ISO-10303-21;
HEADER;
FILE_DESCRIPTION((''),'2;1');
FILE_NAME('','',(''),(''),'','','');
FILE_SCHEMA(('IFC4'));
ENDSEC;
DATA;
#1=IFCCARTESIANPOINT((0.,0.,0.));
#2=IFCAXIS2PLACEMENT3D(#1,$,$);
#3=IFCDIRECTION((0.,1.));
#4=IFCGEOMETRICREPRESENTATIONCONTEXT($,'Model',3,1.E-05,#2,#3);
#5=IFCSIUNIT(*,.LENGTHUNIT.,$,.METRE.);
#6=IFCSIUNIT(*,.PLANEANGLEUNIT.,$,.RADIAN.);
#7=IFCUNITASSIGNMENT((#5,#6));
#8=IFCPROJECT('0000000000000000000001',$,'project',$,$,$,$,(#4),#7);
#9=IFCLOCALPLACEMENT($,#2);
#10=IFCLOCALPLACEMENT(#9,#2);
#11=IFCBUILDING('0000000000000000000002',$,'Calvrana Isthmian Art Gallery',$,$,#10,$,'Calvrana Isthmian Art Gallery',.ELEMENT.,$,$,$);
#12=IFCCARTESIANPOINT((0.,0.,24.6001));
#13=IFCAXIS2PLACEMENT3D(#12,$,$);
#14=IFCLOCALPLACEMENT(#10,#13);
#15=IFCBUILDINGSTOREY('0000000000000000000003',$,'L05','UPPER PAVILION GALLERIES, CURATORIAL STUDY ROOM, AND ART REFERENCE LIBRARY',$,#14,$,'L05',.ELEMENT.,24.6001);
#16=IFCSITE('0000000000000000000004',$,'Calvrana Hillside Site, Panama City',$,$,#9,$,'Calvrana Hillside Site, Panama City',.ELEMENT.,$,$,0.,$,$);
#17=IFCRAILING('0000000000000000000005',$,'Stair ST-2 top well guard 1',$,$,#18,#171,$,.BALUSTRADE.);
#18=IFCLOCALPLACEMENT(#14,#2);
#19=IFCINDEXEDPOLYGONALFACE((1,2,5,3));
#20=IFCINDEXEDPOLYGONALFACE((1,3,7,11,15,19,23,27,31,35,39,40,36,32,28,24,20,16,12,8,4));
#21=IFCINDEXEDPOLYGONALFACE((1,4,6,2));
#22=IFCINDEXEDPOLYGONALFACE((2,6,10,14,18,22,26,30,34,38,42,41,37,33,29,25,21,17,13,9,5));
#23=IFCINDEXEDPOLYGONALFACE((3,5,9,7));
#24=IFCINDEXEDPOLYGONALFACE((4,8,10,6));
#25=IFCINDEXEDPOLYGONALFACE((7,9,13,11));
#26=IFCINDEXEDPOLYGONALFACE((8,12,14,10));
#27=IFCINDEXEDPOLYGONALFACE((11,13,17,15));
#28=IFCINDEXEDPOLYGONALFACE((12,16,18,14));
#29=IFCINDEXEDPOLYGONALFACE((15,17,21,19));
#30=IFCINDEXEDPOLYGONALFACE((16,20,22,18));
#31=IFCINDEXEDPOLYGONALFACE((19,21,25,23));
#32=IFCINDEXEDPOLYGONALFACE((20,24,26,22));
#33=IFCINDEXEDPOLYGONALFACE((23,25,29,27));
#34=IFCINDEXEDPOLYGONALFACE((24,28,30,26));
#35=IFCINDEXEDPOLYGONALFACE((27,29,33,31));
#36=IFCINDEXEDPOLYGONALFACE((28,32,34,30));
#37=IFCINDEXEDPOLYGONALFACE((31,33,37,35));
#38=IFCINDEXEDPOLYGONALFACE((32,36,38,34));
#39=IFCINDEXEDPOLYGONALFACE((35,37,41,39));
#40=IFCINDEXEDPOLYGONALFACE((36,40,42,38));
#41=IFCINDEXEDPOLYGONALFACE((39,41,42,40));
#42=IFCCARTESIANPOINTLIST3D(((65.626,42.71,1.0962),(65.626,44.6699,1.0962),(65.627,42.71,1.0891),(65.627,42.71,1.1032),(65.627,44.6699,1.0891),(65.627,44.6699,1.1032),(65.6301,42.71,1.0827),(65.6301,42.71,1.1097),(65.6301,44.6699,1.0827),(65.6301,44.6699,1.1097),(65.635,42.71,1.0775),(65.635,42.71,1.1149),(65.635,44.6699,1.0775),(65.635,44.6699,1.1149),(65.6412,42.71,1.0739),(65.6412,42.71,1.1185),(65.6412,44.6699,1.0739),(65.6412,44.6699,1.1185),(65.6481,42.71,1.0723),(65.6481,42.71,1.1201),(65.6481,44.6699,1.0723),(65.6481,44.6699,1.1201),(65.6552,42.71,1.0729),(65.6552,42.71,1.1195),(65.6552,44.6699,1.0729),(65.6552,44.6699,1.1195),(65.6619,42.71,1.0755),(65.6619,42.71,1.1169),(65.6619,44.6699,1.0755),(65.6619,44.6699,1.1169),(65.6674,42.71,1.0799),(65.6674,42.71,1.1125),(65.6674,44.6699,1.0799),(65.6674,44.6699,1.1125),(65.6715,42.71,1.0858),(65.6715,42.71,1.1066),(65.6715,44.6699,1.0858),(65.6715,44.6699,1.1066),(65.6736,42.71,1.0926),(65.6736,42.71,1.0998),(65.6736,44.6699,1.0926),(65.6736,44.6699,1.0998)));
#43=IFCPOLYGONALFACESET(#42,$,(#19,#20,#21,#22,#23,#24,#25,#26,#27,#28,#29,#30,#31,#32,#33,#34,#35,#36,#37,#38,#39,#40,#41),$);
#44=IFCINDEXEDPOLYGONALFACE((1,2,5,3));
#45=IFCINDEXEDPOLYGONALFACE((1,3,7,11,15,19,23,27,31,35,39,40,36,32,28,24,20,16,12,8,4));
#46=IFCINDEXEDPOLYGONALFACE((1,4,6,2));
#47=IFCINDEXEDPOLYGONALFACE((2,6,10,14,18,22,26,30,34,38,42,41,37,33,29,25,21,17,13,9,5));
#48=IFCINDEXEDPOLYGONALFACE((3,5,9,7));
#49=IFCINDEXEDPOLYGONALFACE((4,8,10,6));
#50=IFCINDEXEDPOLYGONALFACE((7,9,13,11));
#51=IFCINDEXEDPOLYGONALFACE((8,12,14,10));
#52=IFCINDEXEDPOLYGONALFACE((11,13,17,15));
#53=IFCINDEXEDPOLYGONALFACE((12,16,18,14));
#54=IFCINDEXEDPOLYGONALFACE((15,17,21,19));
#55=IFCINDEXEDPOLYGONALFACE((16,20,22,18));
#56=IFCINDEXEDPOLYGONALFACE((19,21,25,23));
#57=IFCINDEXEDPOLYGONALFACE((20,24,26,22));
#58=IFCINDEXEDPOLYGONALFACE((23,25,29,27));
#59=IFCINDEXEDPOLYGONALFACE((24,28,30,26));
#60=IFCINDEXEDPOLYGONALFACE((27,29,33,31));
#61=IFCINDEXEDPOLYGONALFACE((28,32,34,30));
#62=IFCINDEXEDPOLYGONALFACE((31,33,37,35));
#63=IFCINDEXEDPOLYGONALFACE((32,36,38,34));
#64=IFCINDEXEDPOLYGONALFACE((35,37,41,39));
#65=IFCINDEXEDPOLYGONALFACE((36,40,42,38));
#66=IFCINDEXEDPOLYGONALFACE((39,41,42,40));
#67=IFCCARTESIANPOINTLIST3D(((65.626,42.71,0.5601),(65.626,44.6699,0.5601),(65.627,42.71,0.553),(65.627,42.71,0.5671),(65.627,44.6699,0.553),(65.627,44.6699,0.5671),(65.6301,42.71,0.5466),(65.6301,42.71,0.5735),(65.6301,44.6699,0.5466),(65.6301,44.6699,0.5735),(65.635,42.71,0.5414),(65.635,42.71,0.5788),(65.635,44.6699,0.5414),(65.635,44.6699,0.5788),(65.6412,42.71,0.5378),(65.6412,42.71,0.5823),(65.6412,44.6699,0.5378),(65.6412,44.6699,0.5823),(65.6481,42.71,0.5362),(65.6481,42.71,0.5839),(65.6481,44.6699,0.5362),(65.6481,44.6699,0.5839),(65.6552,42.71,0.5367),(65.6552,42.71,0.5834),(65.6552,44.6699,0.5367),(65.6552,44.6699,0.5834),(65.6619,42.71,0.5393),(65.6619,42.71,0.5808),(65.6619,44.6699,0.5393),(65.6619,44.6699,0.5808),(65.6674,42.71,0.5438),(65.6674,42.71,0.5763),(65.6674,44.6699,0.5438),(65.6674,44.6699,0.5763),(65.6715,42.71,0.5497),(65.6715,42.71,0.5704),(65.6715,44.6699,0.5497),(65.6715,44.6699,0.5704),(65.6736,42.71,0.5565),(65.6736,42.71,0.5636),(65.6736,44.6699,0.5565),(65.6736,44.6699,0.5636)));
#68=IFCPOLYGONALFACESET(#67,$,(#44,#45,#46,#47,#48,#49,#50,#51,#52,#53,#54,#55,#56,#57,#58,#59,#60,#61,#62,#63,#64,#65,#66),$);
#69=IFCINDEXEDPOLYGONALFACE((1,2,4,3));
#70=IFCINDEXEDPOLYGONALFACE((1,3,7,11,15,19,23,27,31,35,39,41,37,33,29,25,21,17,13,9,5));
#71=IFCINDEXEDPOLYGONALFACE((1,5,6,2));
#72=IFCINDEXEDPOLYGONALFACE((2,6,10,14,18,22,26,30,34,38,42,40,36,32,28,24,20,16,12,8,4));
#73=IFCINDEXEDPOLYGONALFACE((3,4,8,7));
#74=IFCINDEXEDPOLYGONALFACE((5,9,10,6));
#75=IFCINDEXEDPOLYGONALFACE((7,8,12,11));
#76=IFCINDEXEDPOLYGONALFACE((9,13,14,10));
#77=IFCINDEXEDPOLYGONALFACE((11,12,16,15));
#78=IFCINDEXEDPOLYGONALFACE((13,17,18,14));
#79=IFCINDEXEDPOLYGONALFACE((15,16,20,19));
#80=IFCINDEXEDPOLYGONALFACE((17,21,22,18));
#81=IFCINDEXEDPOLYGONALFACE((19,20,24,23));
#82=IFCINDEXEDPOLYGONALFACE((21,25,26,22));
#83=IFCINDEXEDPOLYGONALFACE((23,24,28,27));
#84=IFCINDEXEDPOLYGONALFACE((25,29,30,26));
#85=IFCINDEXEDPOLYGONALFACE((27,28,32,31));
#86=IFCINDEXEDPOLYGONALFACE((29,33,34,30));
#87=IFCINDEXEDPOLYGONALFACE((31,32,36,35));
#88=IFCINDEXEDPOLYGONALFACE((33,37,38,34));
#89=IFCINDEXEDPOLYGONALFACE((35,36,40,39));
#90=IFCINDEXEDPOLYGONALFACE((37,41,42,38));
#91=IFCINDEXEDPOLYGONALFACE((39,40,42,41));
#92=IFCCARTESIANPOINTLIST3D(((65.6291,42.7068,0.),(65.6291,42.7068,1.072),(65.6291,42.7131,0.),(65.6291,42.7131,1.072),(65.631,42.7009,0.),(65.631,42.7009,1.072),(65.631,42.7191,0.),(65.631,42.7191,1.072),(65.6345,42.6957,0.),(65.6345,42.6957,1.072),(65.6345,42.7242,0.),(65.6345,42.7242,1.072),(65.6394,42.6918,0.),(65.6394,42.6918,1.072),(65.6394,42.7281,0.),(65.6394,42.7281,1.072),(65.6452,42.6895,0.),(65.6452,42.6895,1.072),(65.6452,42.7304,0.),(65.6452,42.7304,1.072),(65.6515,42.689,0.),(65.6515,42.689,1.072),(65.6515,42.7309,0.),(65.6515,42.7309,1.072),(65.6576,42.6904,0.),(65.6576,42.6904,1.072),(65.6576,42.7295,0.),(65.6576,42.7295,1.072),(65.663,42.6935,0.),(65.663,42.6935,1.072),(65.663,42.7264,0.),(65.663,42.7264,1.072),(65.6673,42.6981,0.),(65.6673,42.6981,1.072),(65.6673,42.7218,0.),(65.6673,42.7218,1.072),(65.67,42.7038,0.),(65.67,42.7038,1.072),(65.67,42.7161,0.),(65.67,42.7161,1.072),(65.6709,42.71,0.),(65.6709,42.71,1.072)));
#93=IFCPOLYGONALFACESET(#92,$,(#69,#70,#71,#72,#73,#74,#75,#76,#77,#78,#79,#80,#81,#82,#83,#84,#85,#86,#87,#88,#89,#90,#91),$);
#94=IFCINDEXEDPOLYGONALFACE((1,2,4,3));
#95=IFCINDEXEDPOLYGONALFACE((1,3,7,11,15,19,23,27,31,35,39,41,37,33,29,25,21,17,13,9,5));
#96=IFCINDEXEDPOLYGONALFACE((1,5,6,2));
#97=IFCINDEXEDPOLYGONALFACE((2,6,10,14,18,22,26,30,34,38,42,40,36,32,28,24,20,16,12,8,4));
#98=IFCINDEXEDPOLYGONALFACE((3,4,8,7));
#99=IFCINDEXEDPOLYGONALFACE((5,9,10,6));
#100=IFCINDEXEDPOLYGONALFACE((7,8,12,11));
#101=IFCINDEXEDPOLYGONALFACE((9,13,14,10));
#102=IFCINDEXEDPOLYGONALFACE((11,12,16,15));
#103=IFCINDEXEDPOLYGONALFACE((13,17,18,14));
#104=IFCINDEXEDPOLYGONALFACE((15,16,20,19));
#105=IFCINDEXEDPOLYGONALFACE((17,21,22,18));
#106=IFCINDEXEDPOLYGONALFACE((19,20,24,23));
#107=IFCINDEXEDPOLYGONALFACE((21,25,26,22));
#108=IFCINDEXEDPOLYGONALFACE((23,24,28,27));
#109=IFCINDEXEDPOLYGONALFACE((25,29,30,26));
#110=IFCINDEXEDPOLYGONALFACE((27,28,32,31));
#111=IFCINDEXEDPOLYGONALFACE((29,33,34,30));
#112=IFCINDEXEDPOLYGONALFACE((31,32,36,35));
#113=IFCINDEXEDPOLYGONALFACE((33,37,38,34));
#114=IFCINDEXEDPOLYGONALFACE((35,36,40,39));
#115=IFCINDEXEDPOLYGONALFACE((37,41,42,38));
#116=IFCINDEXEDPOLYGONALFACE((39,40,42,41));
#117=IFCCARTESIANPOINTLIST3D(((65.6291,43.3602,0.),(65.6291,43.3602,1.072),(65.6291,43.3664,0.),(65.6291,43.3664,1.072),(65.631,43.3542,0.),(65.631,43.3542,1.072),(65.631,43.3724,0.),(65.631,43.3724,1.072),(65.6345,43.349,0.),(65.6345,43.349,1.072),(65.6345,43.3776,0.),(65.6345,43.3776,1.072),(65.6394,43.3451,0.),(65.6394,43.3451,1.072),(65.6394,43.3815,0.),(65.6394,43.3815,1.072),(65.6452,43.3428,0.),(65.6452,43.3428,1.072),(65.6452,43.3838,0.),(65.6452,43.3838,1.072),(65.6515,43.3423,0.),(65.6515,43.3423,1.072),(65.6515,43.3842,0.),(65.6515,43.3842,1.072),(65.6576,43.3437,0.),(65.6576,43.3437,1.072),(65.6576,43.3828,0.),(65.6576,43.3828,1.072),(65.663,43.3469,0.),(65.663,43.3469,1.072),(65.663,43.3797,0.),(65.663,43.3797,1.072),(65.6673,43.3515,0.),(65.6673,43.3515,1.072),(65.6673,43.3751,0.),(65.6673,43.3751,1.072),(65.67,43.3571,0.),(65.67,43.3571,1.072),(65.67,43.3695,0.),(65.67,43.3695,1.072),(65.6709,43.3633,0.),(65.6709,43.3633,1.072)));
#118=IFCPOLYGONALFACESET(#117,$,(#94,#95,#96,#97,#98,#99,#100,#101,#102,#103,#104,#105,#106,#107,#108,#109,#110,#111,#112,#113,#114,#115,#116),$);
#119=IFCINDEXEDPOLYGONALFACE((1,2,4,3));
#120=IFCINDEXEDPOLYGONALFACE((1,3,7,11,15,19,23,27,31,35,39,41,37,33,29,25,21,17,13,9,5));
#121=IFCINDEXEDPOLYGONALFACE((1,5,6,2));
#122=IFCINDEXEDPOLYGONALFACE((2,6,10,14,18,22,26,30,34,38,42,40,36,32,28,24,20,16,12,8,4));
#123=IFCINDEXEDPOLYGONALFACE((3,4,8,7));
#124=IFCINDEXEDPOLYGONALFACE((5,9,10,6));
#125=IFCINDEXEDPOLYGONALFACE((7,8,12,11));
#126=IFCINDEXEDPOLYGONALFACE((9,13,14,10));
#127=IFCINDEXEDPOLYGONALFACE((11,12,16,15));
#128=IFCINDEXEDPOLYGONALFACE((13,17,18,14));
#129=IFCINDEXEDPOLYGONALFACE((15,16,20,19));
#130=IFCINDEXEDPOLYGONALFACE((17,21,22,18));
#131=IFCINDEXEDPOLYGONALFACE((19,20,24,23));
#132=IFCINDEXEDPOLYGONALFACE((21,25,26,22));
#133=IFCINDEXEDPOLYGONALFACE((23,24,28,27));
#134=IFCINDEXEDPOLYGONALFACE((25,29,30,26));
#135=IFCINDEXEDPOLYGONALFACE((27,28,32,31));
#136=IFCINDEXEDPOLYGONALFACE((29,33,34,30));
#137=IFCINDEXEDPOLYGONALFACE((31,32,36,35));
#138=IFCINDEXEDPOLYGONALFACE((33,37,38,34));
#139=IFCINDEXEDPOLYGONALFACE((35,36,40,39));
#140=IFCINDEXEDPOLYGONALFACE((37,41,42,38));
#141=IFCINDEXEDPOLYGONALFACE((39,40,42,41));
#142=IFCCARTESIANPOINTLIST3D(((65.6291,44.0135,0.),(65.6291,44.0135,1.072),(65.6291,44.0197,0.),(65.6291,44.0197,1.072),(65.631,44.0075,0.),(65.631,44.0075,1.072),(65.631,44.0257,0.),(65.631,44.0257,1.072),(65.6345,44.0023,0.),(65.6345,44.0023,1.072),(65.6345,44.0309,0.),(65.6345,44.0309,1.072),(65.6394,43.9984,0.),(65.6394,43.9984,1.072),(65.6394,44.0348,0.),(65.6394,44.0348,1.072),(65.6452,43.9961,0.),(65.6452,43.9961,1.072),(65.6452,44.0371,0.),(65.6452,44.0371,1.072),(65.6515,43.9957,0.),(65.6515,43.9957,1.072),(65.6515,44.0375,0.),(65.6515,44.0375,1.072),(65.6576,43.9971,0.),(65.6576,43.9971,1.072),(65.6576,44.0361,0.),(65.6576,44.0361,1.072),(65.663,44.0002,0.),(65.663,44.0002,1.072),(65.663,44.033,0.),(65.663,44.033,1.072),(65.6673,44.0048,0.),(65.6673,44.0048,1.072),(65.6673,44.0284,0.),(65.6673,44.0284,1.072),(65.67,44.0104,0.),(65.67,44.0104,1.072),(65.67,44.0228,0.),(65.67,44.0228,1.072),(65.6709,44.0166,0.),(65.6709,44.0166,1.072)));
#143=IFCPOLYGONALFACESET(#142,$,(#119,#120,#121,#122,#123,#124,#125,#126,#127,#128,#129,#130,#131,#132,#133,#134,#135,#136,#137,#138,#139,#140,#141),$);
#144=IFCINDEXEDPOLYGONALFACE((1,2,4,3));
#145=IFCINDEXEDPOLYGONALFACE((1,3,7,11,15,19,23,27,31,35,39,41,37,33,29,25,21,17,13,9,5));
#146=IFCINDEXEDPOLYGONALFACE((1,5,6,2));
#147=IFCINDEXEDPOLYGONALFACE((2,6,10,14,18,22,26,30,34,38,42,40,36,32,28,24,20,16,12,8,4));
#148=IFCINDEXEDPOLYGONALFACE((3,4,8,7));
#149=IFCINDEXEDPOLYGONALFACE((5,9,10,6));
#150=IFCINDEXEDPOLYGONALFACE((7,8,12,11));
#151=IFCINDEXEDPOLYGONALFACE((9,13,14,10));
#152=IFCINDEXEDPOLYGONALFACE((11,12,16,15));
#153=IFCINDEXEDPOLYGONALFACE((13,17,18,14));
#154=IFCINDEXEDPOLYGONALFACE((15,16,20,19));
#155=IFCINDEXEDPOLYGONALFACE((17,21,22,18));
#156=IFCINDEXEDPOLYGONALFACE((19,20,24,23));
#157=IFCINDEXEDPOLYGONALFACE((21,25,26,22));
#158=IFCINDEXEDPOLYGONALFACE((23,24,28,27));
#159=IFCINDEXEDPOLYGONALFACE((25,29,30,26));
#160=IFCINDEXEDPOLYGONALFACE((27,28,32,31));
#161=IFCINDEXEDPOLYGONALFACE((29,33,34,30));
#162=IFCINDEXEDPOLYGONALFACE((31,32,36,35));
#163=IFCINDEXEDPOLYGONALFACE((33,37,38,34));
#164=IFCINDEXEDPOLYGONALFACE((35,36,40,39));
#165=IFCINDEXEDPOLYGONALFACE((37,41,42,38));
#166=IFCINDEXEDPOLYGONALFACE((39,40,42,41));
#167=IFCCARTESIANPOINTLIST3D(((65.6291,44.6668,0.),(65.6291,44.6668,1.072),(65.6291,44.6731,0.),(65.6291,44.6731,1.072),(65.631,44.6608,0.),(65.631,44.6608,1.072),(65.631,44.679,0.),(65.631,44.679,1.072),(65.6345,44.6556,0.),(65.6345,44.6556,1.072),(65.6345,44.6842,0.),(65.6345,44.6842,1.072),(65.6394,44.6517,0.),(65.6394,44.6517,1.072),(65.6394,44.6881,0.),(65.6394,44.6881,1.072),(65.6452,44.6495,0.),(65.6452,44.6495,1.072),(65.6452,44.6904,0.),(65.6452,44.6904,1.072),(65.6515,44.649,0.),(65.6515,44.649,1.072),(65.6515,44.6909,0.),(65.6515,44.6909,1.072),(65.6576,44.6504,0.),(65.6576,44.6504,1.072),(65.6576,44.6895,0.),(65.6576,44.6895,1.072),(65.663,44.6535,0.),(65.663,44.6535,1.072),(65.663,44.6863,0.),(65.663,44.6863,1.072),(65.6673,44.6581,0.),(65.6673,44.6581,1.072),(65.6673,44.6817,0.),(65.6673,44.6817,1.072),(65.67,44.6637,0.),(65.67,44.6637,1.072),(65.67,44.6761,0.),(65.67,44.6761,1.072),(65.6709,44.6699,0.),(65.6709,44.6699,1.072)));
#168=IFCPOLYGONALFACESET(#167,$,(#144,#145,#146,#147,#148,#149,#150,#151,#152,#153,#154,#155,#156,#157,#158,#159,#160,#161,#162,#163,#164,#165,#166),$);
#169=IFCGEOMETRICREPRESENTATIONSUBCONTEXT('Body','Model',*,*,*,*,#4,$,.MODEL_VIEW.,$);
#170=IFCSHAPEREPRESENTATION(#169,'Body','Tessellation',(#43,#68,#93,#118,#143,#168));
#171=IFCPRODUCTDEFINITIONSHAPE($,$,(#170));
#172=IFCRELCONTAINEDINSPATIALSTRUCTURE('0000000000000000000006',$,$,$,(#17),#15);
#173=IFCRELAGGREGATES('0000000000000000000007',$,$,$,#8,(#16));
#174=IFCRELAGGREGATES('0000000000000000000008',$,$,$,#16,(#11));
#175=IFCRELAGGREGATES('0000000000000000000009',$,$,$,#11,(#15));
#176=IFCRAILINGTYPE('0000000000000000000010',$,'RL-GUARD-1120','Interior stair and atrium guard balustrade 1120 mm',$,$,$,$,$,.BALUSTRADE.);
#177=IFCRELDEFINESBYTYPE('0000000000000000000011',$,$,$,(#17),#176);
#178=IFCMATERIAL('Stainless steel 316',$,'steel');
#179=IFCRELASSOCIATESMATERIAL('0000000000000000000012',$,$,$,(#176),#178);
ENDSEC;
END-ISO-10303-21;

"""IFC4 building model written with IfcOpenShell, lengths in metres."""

from ifc_helpers import new_model, si_unit, direction, frame, origin, origin_2d, place, context, subcontext, project, spatial, circle, extrude, material, type_object, element, save


model = new_model("IFC4")

# Units and contexts
model_context = context("Model", 3, precision=1e-05, world=origin(), true_north=direction((0.0, 1.0)))
body_context = subcontext(model_context, "Body", "Model", "MODEL_VIEW")
ifc_project = project(units=[si_unit("LENGTHUNIT", "METRE"), si_unit("PLANEANGLEUNIT", "RADIAN")], contexts=[model_context])

# Site, building, storey
site_placement = place(None, origin())
site = spatial("IfcSite", under=ifc_project, at=site_placement, Name="Calvrana Hillside Site, Panama City", LongName="Calvrana Hillside Site, Panama City", CompositionType="ELEMENT", RefElevation=0.0)
building_placement = place(site_placement, origin())
building = spatial("IfcBuilding", under=site, at=building_placement, Name="Calvrana Isthmian Art Gallery", LongName="Calvrana Isthmian Art Gallery", CompositionType="ELEMENT")
storey_placement = place(building_placement, frame((0.0, 0.0, 24.6001)))
storey = spatial("IfcBuildingStorey", under=building, at=storey_placement, Name="L05", Description="UPPER PAVILION GALLERIES, CURATORIAL STUDY ROOM, AND ART REFERENCE LIBRARY", LongName="L05", CompositionType="ELEMENT", Elevation=24.6001)

# Shared definitions
ifc_material_1 = material(Name="Stainless steel 316", Category="steel")

# Railing
railing_type = type_object("IfcRailingType", Name="RL-GUARD-1120", Description="Interior stair and atrium guard balustrade 1120 mm", PredefinedType="BALUSTRADE", material=ifc_material_1)
railing_placement = place(storey_placement, frame((65.6499, 42.71, 0.0)))
element("IfcRailing", 1, at=railing_placement, inside=storey, type_object=railing_type, Name="Stair ST-2 top well guard 1", PredefinedType="BALUSTRADE", context=body_context, shape_type="SweptSolid", body=[
    extrude(circle(Radius=0.0239, at=origin_2d()), frame((0.0, 0.0, 1.0962), z_axis=(0.0, 1.0, 0.0), x_axis=(-1.0, 0.0, 0.0)), (0.0, 0.0, 1.0), 1.96),
    extrude(circle(Radius=0.0239, at=origin_2d()), frame((0.0, 0.0, 0.5601), z_axis=(0.0, 1.0, 0.0), x_axis=(-1.0, 0.0, 0.0)), (0.0, 0.0, 1.0), 1.96),
    extrude(circle(Radius=0.021, at=origin_2d()), origin(), (0.0, 0.0, 1.0), 1.072),
    extrude(circle(Radius=0.021, at=origin_2d()), frame((0.0, 0.6533, 0.0)), (0.0, 0.0, 1.0), 1.072),
    extrude(circle(Radius=0.021, at=origin_2d()), frame((0.0, 1.3066, 0.0)), (0.0, 0.0, 1.0), 1.072),
    extrude(circle(Radius=0.021, at=origin_2d()), frame((0.0, 1.96, 0.0)), (0.0, 0.0, 1.0), 1.072),
])

save(model, "model.ifc")
